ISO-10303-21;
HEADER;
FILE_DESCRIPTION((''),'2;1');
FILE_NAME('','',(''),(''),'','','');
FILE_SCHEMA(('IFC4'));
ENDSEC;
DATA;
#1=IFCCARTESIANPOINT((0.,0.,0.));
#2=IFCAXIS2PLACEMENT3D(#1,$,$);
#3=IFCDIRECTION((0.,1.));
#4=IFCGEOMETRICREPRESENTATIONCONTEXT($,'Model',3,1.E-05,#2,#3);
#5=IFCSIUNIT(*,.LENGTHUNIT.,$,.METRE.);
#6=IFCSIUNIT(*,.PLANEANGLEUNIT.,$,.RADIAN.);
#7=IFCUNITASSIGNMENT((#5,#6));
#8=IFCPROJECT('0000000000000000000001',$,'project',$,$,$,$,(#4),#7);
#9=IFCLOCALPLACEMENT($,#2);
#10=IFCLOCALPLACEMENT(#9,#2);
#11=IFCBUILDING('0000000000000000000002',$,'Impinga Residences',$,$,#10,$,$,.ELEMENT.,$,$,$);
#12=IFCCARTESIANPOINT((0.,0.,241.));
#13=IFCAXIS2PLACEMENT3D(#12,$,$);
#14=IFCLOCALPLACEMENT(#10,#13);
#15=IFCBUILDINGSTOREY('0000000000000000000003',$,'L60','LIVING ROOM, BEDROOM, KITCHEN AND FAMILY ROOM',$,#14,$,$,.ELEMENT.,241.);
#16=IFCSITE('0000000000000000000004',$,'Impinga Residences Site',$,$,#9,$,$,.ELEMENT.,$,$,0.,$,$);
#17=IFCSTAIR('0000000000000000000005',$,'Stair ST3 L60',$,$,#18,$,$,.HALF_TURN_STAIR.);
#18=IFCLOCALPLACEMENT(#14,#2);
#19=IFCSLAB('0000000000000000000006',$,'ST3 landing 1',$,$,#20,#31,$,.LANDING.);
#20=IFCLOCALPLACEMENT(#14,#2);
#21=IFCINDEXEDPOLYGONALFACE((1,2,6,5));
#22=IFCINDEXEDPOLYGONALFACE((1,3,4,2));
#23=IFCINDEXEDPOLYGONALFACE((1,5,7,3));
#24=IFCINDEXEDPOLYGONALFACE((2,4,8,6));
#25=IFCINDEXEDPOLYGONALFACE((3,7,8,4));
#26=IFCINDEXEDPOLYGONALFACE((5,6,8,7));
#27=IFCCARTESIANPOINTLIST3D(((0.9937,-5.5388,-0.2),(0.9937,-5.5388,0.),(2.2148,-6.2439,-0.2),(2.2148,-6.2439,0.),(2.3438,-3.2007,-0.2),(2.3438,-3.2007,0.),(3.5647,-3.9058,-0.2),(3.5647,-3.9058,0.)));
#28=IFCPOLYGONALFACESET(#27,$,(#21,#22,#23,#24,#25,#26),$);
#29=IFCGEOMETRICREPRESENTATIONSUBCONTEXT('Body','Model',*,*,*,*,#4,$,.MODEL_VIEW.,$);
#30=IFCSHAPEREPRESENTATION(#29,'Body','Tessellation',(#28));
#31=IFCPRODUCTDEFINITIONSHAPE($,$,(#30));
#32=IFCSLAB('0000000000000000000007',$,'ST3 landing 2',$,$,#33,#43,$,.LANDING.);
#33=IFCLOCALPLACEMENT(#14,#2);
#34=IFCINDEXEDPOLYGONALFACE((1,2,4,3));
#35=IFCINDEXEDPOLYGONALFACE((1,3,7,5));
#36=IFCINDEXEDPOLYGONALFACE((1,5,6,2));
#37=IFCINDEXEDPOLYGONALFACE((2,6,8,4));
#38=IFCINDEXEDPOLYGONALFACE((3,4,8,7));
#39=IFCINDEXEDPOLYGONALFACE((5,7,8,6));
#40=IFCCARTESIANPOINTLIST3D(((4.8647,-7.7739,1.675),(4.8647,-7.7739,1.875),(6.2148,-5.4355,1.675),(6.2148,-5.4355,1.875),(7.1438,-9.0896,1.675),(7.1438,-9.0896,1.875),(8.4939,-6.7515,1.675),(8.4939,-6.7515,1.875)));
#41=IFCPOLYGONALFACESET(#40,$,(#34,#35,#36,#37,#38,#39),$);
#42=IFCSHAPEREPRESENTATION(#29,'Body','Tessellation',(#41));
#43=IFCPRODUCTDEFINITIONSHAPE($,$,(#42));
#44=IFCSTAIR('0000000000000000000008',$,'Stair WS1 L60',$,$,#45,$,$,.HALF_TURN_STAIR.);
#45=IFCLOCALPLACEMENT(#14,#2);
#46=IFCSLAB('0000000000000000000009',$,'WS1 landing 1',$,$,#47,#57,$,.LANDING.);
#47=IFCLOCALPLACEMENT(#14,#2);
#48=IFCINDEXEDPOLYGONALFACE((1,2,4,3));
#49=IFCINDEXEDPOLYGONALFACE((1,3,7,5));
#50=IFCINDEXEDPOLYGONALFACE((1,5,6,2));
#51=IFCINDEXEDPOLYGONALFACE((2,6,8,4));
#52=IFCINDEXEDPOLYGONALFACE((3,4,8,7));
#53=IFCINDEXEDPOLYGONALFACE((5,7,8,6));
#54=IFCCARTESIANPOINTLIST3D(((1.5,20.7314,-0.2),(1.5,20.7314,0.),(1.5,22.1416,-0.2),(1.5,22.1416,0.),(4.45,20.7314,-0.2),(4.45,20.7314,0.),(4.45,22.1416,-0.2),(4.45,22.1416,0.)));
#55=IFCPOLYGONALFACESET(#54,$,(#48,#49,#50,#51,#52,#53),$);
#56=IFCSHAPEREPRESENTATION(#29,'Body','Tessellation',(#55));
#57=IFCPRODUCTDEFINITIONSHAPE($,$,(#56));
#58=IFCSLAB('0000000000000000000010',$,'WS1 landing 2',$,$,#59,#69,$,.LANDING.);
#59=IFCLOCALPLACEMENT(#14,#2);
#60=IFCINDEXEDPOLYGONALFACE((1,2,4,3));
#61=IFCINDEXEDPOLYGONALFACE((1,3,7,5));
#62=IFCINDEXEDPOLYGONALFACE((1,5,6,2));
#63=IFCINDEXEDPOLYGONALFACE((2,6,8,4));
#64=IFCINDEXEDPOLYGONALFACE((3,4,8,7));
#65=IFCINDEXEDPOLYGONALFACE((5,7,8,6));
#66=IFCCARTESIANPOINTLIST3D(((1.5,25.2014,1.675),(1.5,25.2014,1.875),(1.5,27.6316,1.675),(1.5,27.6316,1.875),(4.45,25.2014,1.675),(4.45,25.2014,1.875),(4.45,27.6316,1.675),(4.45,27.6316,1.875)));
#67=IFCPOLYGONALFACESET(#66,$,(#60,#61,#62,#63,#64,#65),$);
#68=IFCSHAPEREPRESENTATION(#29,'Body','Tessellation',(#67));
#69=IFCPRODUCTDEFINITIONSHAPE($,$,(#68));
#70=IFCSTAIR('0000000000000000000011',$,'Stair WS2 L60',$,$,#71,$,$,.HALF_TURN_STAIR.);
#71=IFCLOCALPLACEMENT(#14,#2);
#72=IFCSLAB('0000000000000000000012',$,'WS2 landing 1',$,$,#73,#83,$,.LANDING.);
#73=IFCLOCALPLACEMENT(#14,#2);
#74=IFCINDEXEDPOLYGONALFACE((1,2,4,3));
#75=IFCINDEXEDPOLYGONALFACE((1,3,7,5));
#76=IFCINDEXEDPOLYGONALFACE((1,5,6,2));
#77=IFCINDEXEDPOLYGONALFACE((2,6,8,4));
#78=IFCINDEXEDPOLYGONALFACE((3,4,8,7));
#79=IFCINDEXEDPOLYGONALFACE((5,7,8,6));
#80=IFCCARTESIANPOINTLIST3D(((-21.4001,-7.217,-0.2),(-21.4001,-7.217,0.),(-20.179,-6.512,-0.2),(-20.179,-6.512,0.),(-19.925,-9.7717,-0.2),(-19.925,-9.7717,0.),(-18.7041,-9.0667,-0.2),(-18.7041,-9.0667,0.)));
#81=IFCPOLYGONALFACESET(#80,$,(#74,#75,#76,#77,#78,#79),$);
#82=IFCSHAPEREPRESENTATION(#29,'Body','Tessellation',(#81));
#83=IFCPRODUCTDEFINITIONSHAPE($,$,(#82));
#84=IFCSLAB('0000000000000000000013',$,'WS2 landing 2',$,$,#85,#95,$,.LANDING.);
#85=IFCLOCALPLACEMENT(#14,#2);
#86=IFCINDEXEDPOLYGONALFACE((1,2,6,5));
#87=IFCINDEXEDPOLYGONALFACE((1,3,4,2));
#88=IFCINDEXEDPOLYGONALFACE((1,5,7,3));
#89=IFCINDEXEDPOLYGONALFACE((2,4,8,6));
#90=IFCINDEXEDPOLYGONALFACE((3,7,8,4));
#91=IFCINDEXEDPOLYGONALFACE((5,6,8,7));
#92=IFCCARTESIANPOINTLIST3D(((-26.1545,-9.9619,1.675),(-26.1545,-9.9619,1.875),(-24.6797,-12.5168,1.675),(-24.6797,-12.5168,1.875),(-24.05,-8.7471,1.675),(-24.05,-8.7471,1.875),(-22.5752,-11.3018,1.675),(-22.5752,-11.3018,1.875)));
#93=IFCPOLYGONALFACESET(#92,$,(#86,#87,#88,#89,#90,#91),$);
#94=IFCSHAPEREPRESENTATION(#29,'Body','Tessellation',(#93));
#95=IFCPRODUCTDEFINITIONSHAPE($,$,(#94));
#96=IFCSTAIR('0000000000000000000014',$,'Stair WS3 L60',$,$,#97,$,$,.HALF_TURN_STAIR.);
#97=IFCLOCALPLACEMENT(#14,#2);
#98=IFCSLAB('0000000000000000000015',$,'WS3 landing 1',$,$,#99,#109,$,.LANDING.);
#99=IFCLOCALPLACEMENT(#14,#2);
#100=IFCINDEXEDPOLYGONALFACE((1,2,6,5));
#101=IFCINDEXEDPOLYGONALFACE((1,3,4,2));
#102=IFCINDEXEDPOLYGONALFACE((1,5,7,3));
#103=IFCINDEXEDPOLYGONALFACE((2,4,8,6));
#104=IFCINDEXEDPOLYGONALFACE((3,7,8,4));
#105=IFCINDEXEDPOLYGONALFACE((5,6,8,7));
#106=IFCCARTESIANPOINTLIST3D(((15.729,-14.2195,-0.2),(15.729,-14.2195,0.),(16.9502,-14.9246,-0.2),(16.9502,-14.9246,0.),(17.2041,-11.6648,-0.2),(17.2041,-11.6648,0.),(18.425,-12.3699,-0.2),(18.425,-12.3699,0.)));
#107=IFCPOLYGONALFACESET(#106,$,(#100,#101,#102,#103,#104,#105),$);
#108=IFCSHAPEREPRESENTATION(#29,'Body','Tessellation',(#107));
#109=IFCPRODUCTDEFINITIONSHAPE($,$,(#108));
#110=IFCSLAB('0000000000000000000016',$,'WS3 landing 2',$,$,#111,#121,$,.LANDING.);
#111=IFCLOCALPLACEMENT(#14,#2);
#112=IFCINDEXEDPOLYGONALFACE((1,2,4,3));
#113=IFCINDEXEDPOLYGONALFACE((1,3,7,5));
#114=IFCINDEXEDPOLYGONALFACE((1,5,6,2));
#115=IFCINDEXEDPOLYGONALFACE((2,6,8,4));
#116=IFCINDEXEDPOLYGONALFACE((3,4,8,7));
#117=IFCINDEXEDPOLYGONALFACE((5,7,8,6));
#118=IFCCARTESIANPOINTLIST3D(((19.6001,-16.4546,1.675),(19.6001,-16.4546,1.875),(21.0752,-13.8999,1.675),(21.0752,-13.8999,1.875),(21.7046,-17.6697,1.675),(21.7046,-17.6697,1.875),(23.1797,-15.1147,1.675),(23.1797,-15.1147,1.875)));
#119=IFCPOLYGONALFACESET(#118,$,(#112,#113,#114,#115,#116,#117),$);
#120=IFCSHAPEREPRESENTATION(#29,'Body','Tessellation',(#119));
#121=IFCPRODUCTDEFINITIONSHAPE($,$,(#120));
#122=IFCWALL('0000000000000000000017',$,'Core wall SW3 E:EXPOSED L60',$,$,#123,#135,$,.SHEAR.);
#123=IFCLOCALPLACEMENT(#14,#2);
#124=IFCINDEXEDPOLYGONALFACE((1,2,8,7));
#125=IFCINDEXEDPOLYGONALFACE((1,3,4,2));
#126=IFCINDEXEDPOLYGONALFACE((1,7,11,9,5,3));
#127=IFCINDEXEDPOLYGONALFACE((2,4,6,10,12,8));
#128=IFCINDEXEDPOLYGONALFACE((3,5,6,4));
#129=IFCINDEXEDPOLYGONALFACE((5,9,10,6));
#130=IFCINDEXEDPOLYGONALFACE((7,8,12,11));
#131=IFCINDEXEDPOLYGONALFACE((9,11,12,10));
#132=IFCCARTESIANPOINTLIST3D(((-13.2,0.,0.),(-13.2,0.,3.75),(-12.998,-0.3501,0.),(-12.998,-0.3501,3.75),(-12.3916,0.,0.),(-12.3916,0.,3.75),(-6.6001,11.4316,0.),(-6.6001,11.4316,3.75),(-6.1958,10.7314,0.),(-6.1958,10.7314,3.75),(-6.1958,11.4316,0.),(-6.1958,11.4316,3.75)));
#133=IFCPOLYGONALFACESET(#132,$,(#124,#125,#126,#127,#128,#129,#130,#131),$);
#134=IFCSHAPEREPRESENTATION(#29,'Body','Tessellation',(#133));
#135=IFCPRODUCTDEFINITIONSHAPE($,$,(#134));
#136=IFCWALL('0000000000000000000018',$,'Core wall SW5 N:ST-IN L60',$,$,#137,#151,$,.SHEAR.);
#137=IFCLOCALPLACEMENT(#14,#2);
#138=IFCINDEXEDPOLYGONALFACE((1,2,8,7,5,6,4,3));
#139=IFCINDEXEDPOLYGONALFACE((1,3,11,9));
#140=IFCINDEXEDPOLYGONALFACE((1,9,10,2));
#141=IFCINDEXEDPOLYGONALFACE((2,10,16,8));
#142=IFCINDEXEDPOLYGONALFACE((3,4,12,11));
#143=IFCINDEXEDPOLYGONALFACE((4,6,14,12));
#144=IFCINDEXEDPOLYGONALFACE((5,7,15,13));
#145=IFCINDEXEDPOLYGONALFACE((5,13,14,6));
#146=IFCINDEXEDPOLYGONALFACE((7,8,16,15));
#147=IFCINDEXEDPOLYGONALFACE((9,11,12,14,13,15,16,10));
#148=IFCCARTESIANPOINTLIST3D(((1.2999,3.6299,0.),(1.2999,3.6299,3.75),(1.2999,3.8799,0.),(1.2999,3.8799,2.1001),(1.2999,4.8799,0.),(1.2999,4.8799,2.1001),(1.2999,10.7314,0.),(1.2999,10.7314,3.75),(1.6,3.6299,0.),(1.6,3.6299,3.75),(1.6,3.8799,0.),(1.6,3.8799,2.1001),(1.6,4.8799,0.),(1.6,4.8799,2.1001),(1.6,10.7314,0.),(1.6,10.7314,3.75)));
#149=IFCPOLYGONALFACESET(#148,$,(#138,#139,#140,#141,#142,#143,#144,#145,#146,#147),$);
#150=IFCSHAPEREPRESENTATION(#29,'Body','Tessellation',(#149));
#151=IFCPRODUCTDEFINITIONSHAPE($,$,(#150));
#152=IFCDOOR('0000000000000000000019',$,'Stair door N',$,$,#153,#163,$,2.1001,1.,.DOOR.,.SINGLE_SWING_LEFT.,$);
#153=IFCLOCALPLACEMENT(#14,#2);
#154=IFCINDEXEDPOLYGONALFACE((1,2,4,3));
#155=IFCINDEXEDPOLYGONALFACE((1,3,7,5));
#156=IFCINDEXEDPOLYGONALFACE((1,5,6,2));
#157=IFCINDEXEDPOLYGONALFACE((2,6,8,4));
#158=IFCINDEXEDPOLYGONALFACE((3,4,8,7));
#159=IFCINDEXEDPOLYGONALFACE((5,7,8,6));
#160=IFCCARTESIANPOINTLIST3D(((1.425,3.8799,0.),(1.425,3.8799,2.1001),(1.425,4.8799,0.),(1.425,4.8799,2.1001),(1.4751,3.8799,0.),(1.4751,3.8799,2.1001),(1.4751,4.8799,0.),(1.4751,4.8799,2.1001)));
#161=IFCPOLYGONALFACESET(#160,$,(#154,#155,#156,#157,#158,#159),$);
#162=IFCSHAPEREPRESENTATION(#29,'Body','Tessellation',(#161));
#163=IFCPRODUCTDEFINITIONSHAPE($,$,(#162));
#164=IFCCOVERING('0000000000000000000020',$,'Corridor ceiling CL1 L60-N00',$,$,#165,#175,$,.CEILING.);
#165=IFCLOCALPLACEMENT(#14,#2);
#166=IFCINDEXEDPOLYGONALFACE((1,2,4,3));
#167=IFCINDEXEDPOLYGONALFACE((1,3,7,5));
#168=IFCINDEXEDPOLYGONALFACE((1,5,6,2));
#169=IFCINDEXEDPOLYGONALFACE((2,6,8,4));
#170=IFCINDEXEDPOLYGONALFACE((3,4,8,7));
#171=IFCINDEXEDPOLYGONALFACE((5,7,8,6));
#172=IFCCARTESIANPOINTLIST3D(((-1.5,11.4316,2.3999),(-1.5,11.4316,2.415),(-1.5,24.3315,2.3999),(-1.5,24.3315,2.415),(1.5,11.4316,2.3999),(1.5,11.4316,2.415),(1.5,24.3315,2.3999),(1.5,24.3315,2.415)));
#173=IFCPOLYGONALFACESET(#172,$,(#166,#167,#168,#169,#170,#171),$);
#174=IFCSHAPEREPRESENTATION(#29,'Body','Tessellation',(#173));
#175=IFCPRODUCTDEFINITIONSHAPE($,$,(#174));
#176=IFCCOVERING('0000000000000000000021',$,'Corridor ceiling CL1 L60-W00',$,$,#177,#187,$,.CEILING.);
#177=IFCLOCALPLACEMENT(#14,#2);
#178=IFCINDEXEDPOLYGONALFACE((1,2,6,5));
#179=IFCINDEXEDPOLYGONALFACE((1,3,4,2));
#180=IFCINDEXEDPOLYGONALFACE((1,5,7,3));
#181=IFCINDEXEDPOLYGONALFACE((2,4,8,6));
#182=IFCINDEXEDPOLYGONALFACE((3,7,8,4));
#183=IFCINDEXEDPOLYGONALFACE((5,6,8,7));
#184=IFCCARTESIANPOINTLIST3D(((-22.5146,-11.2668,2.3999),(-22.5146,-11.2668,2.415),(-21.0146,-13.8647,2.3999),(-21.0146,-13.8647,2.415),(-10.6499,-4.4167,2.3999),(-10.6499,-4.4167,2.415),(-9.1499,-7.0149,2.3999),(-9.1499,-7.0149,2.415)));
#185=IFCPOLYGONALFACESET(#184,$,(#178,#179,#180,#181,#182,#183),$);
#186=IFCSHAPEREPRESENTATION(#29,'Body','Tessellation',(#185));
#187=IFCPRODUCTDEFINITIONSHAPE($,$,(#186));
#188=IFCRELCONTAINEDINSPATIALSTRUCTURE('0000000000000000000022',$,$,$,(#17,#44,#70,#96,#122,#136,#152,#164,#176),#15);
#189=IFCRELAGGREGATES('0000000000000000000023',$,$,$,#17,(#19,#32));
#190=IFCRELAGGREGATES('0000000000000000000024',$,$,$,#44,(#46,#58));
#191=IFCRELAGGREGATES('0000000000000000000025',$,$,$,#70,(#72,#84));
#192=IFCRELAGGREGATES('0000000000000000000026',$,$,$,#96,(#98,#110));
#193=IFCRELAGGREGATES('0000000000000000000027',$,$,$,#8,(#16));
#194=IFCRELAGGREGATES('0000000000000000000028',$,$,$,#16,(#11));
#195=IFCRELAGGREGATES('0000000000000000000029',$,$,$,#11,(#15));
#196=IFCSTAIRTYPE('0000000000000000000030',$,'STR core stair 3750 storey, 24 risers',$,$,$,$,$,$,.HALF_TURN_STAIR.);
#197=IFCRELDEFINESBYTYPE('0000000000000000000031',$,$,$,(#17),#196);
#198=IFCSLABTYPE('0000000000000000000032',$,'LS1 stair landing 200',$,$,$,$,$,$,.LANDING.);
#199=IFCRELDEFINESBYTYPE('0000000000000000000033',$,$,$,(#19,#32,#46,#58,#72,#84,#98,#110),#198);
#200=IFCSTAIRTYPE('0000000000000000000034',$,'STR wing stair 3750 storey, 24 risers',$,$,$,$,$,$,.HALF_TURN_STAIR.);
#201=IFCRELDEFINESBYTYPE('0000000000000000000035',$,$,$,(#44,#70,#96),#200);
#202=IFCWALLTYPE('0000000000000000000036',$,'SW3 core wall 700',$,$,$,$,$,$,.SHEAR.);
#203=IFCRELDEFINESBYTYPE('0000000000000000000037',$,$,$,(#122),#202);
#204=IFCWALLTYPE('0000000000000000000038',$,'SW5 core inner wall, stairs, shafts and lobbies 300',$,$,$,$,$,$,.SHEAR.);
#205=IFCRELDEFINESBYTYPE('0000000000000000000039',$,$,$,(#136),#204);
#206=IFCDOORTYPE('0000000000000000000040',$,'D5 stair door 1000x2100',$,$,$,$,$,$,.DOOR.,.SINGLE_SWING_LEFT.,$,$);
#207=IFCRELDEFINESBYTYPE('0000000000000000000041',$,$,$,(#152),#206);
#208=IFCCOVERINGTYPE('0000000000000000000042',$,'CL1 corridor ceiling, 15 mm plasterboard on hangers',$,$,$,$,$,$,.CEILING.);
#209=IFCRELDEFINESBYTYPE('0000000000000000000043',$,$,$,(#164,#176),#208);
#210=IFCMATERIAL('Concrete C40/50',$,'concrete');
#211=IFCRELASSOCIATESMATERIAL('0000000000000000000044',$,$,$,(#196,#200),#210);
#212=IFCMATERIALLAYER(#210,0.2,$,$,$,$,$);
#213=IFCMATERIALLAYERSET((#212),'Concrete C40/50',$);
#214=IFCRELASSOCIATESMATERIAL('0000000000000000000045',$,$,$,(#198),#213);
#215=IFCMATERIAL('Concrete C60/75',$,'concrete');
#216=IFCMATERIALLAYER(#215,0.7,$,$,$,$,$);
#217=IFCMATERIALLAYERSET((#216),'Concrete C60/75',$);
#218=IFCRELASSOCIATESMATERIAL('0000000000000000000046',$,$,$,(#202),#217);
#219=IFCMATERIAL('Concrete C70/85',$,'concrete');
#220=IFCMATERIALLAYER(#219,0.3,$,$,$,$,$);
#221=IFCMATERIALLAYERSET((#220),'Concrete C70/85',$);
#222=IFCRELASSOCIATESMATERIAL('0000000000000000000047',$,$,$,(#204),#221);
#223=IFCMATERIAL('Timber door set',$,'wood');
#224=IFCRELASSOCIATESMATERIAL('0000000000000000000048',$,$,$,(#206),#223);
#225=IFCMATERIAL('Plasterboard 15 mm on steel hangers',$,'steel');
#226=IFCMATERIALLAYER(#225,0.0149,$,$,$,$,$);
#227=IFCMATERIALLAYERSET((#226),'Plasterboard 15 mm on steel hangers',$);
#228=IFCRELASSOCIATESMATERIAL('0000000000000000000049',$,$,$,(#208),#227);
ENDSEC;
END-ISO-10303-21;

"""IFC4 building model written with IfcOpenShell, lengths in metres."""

from ifc_helpers import new_model, si_unit, direction, frame, frame_2d, origin, place, context, subcontext, project, spatial, polyline, rectangle, outline, extrude, material, layer, layer_set, type_object, element, fill, aggregate, save


model = new_model("IFC4")

# Units and contexts
model_context = context("Model", 3, precision=1e-05, world=origin(), true_north=direction((0.0, 1.0)))
body_context = subcontext(model_context, "Body", "Model", "MODEL_VIEW")
ifc_project = project(units=[si_unit("LENGTHUNIT", "METRE"), si_unit("PLANEANGLEUNIT", "RADIAN")], contexts=[model_context])

# Site, building, storey
site_placement = place(None, origin())
site = spatial("IfcSite", under=ifc_project, at=site_placement, Name="Impinga Residences Site", CompositionType="ELEMENT", RefElevation=0.0)
building_placement = place(site_placement, origin())
building = spatial("IfcBuilding", under=site, at=building_placement, Name="Impinga Residences", CompositionType="ELEMENT")
storey_placement = place(building_placement, frame((0.0, 0.0, 241.0)))
storey = spatial("IfcBuildingStorey", under=building, at=storey_placement, Name="L60", Description="LIVING ROOM, BEDROOM, KITCHEN AND FAMILY ROOM", CompositionType="ELEMENT", Elevation=241.0)

# Shared definitions
ifc_material_1 = material(Name="Concrete C60/75", Category="concrete")

# Stairs, slabs
ifc_material_2 = material(Name="Concrete C40/50", Category="concrete")
stair_type_1 = type_object("IfcStairType", Name="STR core stair 3750 storey, 24 risers", PredefinedType="HALF_TURN_STAIR", material=ifc_material_2)
ifc_layer_1 = layer(ifc_material_2, 0.2)
ifc_layer_set_1 = layer_set([ifc_layer_1], Name="Concrete C40/50")
slab_type_1 = type_object("IfcSlabType", Name="LS1 stair landing 200", PredefinedType="LANDING", material=ifc_layer_set_1)
stair_1_placement = place(storey_placement, origin())
stair_1 = element("IfcStair", 1, at=stair_1_placement, inside=storey, type_object=stair_type_1, Name="Stair ST3 L60", PredefinedType="HALF_TURN_STAIR")
slab_1_placement = place(storey_placement, frame((0.0, 0.0, -0.2)))
slab_1 = element("IfcSlab", 2, at=slab_1_placement, type_object=slab_type_1, Name="ST3 landing 1", PredefinedType="LANDING", context=body_context, shape_type="SweptSolid", body=[
    extrude(outline(polyline([(2.3438, -3.2007), (0.9937, -5.5388), (2.2148, -6.2439), (3.5647, -3.9058), (2.3438, -3.2007)])), origin(), (0.0, 0.0, 1.0), 0.2),
])
slab_2_placement = place(storey_placement, frame((0.0, 0.0, 1.675)))
slab_2 = element("IfcSlab", 3, at=slab_2_placement, type_object=slab_type_1, Name="ST3 landing 2", PredefinedType="LANDING", context=body_context, shape_type="SweptSolid", body=[
    extrude(outline(polyline([(6.2148, -5.4355), (4.8647, -7.7739), (7.1438, -9.0896), (8.4939, -6.7515), (6.2148, -5.4355)])), origin(), (0.0, 0.0, 1.0), 0.2),
])
aggregate(stair_1, [slab_1, slab_2])
stair_type_2 = type_object("IfcStairType", Name="STR wing stair 3750 storey, 24 risers", PredefinedType="HALF_TURN_STAIR", material=ifc_material_2)
stair_2_placement = place(storey_placement, origin())
stair_2 = element("IfcStair", 4, at=stair_2_placement, inside=storey, type_object=stair_type_2, Name="Stair WS1 L60", PredefinedType="HALF_TURN_STAIR")
slab_3_placement = place(storey_placement, frame((0.0, 0.0, -0.2)))
slab_3 = element("IfcSlab", 5, at=slab_3_placement, type_object=slab_type_1, Name="WS1 landing 1", PredefinedType="LANDING", context=body_context, shape_type="SweptSolid", body=[
    extrude(outline(polyline([(1.5, 20.7314), (4.45, 20.7314), (4.45, 22.1416), (1.5, 22.1416), (1.5, 20.7314)])), origin(), (0.0, 0.0, 1.0), 0.2),
])
slab_4_placement = place(storey_placement, frame((0.0, 0.0, 1.675)))
slab_4 = element("IfcSlab", 6, at=slab_4_placement, type_object=slab_type_1, Name="WS1 landing 2", PredefinedType="LANDING", context=body_context, shape_type="SweptSolid", body=[
    extrude(outline(polyline([(1.5, 25.2014), (4.45, 25.2014), (4.45, 27.6316), (1.5, 27.6316), (1.5, 25.2014)])), origin(), (0.0, 0.0, 1.0), 0.2),
])
aggregate(stair_2, [slab_3, slab_4])
stair_3_placement = place(storey_placement, origin())
stair_3 = element("IfcStair", 7, at=stair_3_placement, inside=storey, type_object=stair_type_2, Name="Stair WS2 L60", PredefinedType="HALF_TURN_STAIR")
slab_5_placement = place(storey_placement, frame((0.0, 0.0, -0.2)))
slab_5 = element("IfcSlab", 8, at=slab_5_placement, type_object=slab_type_1, Name="WS2 landing 1", PredefinedType="LANDING", context=body_context, shape_type="SweptSolid", body=[
    extrude(outline(polyline([(-18.7041, -9.0667), (-20.179, -6.512), (-21.4001, -7.217), (-19.925, -9.7717), (-18.7041, -9.0667)])), origin(), (0.0, 0.0, 1.0), 0.2),
])
slab_6_placement = place(storey_placement, frame((0.0, 0.0, 1.675)))
slab_6 = element("IfcSlab", 9, at=slab_6_placement, type_object=slab_type_1, Name="WS2 landing 2", PredefinedType="LANDING", context=body_context, shape_type="SweptSolid", body=[
    extrude(outline(polyline([(-22.5752, -11.3018), (-24.05, -8.7471), (-26.1545, -9.9619), (-24.6797, -12.5168), (-22.5752, -11.3018)])), origin(), (0.0, 0.0, 1.0), 0.2),
])
aggregate(stair_3, [slab_5, slab_6])
stair_4_placement = place(storey_placement, origin())
stair_4 = element("IfcStair", 10, at=stair_4_placement, inside=storey, type_object=stair_type_2, Name="Stair WS3 L60", PredefinedType="HALF_TURN_STAIR")
slab_7_placement = place(storey_placement, frame((0.0, 0.0, -0.2)))
slab_7 = element("IfcSlab", 11, at=slab_7_placement, type_object=slab_type_1, Name="WS3 landing 1", PredefinedType="LANDING", context=body_context, shape_type="SweptSolid", body=[
    extrude(outline(polyline([(17.2041, -11.6648), (15.729, -14.2195), (16.9502, -14.9246), (18.425, -12.3699), (17.2041, -11.6648)])), origin(), (0.0, 0.0, 1.0), 0.2),
])
slab_8_placement = place(storey_placement, frame((0.0, 0.0, 1.675)))
slab_8 = element("IfcSlab", 12, at=slab_8_placement, type_object=slab_type_1, Name="WS3 landing 2", PredefinedType="LANDING", context=body_context, shape_type="SweptSolid", body=[
    extrude(outline(polyline([(21.0752, -13.8999), (19.6001, -16.4546), (21.7046, -17.6697), (23.1797, -15.1147), (21.0752, -13.8999)])), origin(), (0.0, 0.0, 1.0), 0.2),
])
aggregate(stair_4, [slab_7, slab_8])

# Wall
ifc_layer_2 = layer(ifc_material_1, 0.7)
ifc_layer_set_2 = layer_set([ifc_layer_2], Name="Concrete C60/75")
wall_type_1 = type_object("IfcWallType", Name="SW3 core wall 700", PredefinedType="SHEAR", material=ifc_layer_set_2)
wall_1_placement = place(storey_placement, origin())
element("IfcWall", 13, at=wall_1_placement, inside=storey, type_object=wall_type_1, Name="Core wall SW3 E:EXPOSED L60", PredefinedType="SHEAR", context=body_context, shape_type="SweptSolid", body=[
    extrude(outline(polyline([(-6.6001, 11.4316), (-13.2, 0.0), (-12.998, -0.3501), (-12.3916, 0.0), (-6.1958, 10.7314), (-6.1958, 11.4316), (-6.6001, 11.4316)])), origin(), (0.0, 0.0, 1.0), 3.75),
])

# Wall, opening, door
ifc_material_3 = material(Name="Concrete C70/85", Category="concrete")
ifc_layer_3 = layer(ifc_material_3, 0.3)
ifc_layer_set_3 = layer_set([ifc_layer_3], Name="Concrete C70/85")
wall_type_2 = type_object("IfcWallType", Name="SW5 core inner wall, stairs, shafts and lobbies 300", PredefinedType="SHEAR", material=ifc_layer_set_3)
wall_2_placement = place(storey_placement, frame((1.45, 3.6299, 0.0), z_axis=(0.0, 0.0, 1.0), x_axis=(0.0, 1.0, 0.0)))
wall_2 = element("IfcWall", 14, at=wall_2_placement, inside=storey, type_object=wall_type_2, Name="Core wall SW5 N:ST-IN L60", PredefinedType="SHEAR", context=body_context, shape_type="SweptSolid", body=[
    extrude(rectangle(XDim=7.1016, YDim=0.3, at=frame_2d((3.5508, 0.0))), origin(), (0.0, 0.0, 1.0), 3.75),
])
opening_placement = place(wall_2_placement, frame((0.25, 0.0, 0.0)))
opening = element("IfcOpeningElement", 15, at=opening_placement, cuts=wall_2, PredefinedType="OPENING", context=body_context, shape_type="SweptSolid", body=[
    extrude(rectangle(XDim=1.0, YDim=2.1001, at=frame_2d((0.5, 1.05))), frame((0.0, 0.1599, 0.0), z_axis=(0.0, -1.0, 0.0), x_axis=(1.0, 0.0, 0.0)), (0.0, 0.0, 1.0), 0.3201),
])
ifc_material_4 = material(Name="Timber door set", Category="wood")
door_type = type_object("IfcDoorType", Name="D5 stair door 1000x2100", OperationType="SINGLE_SWING_LEFT", PredefinedType="DOOR", material=ifc_material_4)
door_placement = place(opening_placement, origin())
door = element("IfcDoor", 16, at=door_placement, inside=storey, type_object=door_type, Name="Stair door N", OperationType="SINGLE_SWING_LEFT", OverallHeight=2.1001, OverallWidth=1.0, PredefinedType="DOOR", context=body_context, shape_type="SweptSolid", body=[
    extrude(rectangle(XDim=1.0, YDim=2.1001, at=frame_2d((0.5, 1.05))), frame((0.0, 0.0249, 0.0), z_axis=(0.0, -1.0, 0.0), x_axis=(1.0, 0.0, 0.0)), (0.0, 0.0, 1.0), 0.05),
])
fill(opening, door)

# Coverings
ifc_material_5 = material(Name="Plasterboard 15 mm on steel hangers", Category="steel")
ifc_layer_4 = layer(ifc_material_5, 0.0149)
ifc_layer_set_4 = layer_set([ifc_layer_4], Name="Plasterboard 15 mm on steel hangers")
covering_type_1 = type_object("IfcCoveringType", Name="CL1 corridor ceiling, 15 mm plasterboard on hangers", PredefinedType="CEILING", material=ifc_layer_set_4)
covering_1_placement = place(storey_placement, frame((0.0, 0.0, 2.3999)))
element("IfcCovering", 17, at=covering_1_placement, inside=storey, type_object=covering_type_1, Name="Corridor ceiling CL1 L60-N00", PredefinedType="CEILING", context=body_context, shape_type="SweptSolid", body=[
    extrude(outline(polyline([(-1.5, 11.4316), (1.5, 11.4316), (1.5, 24.3315), (-1.5, 24.3315), (-1.5, 11.4316)])), origin(), (0.0, 0.0, 1.0), 0.0151),
])
covering_2_placement = place(storey_placement, frame((0.0, 0.0, 2.3999)))
element("IfcCovering", 18, at=covering_2_placement, inside=storey, type_object=covering_type_1, Name="Corridor ceiling CL1 L60-W00", PredefinedType="CEILING", context=body_context, shape_type="SweptSolid", body=[
    extrude(outline(polyline([(-9.1499, -7.0149), (-10.6499, -4.4167), (-22.5146, -11.2668), (-21.0146, -13.8647), (-9.1499, -7.0149)])), origin(), (0.0, 0.0, 1.0), 0.0151),
])

save(model, "model.ifc")
